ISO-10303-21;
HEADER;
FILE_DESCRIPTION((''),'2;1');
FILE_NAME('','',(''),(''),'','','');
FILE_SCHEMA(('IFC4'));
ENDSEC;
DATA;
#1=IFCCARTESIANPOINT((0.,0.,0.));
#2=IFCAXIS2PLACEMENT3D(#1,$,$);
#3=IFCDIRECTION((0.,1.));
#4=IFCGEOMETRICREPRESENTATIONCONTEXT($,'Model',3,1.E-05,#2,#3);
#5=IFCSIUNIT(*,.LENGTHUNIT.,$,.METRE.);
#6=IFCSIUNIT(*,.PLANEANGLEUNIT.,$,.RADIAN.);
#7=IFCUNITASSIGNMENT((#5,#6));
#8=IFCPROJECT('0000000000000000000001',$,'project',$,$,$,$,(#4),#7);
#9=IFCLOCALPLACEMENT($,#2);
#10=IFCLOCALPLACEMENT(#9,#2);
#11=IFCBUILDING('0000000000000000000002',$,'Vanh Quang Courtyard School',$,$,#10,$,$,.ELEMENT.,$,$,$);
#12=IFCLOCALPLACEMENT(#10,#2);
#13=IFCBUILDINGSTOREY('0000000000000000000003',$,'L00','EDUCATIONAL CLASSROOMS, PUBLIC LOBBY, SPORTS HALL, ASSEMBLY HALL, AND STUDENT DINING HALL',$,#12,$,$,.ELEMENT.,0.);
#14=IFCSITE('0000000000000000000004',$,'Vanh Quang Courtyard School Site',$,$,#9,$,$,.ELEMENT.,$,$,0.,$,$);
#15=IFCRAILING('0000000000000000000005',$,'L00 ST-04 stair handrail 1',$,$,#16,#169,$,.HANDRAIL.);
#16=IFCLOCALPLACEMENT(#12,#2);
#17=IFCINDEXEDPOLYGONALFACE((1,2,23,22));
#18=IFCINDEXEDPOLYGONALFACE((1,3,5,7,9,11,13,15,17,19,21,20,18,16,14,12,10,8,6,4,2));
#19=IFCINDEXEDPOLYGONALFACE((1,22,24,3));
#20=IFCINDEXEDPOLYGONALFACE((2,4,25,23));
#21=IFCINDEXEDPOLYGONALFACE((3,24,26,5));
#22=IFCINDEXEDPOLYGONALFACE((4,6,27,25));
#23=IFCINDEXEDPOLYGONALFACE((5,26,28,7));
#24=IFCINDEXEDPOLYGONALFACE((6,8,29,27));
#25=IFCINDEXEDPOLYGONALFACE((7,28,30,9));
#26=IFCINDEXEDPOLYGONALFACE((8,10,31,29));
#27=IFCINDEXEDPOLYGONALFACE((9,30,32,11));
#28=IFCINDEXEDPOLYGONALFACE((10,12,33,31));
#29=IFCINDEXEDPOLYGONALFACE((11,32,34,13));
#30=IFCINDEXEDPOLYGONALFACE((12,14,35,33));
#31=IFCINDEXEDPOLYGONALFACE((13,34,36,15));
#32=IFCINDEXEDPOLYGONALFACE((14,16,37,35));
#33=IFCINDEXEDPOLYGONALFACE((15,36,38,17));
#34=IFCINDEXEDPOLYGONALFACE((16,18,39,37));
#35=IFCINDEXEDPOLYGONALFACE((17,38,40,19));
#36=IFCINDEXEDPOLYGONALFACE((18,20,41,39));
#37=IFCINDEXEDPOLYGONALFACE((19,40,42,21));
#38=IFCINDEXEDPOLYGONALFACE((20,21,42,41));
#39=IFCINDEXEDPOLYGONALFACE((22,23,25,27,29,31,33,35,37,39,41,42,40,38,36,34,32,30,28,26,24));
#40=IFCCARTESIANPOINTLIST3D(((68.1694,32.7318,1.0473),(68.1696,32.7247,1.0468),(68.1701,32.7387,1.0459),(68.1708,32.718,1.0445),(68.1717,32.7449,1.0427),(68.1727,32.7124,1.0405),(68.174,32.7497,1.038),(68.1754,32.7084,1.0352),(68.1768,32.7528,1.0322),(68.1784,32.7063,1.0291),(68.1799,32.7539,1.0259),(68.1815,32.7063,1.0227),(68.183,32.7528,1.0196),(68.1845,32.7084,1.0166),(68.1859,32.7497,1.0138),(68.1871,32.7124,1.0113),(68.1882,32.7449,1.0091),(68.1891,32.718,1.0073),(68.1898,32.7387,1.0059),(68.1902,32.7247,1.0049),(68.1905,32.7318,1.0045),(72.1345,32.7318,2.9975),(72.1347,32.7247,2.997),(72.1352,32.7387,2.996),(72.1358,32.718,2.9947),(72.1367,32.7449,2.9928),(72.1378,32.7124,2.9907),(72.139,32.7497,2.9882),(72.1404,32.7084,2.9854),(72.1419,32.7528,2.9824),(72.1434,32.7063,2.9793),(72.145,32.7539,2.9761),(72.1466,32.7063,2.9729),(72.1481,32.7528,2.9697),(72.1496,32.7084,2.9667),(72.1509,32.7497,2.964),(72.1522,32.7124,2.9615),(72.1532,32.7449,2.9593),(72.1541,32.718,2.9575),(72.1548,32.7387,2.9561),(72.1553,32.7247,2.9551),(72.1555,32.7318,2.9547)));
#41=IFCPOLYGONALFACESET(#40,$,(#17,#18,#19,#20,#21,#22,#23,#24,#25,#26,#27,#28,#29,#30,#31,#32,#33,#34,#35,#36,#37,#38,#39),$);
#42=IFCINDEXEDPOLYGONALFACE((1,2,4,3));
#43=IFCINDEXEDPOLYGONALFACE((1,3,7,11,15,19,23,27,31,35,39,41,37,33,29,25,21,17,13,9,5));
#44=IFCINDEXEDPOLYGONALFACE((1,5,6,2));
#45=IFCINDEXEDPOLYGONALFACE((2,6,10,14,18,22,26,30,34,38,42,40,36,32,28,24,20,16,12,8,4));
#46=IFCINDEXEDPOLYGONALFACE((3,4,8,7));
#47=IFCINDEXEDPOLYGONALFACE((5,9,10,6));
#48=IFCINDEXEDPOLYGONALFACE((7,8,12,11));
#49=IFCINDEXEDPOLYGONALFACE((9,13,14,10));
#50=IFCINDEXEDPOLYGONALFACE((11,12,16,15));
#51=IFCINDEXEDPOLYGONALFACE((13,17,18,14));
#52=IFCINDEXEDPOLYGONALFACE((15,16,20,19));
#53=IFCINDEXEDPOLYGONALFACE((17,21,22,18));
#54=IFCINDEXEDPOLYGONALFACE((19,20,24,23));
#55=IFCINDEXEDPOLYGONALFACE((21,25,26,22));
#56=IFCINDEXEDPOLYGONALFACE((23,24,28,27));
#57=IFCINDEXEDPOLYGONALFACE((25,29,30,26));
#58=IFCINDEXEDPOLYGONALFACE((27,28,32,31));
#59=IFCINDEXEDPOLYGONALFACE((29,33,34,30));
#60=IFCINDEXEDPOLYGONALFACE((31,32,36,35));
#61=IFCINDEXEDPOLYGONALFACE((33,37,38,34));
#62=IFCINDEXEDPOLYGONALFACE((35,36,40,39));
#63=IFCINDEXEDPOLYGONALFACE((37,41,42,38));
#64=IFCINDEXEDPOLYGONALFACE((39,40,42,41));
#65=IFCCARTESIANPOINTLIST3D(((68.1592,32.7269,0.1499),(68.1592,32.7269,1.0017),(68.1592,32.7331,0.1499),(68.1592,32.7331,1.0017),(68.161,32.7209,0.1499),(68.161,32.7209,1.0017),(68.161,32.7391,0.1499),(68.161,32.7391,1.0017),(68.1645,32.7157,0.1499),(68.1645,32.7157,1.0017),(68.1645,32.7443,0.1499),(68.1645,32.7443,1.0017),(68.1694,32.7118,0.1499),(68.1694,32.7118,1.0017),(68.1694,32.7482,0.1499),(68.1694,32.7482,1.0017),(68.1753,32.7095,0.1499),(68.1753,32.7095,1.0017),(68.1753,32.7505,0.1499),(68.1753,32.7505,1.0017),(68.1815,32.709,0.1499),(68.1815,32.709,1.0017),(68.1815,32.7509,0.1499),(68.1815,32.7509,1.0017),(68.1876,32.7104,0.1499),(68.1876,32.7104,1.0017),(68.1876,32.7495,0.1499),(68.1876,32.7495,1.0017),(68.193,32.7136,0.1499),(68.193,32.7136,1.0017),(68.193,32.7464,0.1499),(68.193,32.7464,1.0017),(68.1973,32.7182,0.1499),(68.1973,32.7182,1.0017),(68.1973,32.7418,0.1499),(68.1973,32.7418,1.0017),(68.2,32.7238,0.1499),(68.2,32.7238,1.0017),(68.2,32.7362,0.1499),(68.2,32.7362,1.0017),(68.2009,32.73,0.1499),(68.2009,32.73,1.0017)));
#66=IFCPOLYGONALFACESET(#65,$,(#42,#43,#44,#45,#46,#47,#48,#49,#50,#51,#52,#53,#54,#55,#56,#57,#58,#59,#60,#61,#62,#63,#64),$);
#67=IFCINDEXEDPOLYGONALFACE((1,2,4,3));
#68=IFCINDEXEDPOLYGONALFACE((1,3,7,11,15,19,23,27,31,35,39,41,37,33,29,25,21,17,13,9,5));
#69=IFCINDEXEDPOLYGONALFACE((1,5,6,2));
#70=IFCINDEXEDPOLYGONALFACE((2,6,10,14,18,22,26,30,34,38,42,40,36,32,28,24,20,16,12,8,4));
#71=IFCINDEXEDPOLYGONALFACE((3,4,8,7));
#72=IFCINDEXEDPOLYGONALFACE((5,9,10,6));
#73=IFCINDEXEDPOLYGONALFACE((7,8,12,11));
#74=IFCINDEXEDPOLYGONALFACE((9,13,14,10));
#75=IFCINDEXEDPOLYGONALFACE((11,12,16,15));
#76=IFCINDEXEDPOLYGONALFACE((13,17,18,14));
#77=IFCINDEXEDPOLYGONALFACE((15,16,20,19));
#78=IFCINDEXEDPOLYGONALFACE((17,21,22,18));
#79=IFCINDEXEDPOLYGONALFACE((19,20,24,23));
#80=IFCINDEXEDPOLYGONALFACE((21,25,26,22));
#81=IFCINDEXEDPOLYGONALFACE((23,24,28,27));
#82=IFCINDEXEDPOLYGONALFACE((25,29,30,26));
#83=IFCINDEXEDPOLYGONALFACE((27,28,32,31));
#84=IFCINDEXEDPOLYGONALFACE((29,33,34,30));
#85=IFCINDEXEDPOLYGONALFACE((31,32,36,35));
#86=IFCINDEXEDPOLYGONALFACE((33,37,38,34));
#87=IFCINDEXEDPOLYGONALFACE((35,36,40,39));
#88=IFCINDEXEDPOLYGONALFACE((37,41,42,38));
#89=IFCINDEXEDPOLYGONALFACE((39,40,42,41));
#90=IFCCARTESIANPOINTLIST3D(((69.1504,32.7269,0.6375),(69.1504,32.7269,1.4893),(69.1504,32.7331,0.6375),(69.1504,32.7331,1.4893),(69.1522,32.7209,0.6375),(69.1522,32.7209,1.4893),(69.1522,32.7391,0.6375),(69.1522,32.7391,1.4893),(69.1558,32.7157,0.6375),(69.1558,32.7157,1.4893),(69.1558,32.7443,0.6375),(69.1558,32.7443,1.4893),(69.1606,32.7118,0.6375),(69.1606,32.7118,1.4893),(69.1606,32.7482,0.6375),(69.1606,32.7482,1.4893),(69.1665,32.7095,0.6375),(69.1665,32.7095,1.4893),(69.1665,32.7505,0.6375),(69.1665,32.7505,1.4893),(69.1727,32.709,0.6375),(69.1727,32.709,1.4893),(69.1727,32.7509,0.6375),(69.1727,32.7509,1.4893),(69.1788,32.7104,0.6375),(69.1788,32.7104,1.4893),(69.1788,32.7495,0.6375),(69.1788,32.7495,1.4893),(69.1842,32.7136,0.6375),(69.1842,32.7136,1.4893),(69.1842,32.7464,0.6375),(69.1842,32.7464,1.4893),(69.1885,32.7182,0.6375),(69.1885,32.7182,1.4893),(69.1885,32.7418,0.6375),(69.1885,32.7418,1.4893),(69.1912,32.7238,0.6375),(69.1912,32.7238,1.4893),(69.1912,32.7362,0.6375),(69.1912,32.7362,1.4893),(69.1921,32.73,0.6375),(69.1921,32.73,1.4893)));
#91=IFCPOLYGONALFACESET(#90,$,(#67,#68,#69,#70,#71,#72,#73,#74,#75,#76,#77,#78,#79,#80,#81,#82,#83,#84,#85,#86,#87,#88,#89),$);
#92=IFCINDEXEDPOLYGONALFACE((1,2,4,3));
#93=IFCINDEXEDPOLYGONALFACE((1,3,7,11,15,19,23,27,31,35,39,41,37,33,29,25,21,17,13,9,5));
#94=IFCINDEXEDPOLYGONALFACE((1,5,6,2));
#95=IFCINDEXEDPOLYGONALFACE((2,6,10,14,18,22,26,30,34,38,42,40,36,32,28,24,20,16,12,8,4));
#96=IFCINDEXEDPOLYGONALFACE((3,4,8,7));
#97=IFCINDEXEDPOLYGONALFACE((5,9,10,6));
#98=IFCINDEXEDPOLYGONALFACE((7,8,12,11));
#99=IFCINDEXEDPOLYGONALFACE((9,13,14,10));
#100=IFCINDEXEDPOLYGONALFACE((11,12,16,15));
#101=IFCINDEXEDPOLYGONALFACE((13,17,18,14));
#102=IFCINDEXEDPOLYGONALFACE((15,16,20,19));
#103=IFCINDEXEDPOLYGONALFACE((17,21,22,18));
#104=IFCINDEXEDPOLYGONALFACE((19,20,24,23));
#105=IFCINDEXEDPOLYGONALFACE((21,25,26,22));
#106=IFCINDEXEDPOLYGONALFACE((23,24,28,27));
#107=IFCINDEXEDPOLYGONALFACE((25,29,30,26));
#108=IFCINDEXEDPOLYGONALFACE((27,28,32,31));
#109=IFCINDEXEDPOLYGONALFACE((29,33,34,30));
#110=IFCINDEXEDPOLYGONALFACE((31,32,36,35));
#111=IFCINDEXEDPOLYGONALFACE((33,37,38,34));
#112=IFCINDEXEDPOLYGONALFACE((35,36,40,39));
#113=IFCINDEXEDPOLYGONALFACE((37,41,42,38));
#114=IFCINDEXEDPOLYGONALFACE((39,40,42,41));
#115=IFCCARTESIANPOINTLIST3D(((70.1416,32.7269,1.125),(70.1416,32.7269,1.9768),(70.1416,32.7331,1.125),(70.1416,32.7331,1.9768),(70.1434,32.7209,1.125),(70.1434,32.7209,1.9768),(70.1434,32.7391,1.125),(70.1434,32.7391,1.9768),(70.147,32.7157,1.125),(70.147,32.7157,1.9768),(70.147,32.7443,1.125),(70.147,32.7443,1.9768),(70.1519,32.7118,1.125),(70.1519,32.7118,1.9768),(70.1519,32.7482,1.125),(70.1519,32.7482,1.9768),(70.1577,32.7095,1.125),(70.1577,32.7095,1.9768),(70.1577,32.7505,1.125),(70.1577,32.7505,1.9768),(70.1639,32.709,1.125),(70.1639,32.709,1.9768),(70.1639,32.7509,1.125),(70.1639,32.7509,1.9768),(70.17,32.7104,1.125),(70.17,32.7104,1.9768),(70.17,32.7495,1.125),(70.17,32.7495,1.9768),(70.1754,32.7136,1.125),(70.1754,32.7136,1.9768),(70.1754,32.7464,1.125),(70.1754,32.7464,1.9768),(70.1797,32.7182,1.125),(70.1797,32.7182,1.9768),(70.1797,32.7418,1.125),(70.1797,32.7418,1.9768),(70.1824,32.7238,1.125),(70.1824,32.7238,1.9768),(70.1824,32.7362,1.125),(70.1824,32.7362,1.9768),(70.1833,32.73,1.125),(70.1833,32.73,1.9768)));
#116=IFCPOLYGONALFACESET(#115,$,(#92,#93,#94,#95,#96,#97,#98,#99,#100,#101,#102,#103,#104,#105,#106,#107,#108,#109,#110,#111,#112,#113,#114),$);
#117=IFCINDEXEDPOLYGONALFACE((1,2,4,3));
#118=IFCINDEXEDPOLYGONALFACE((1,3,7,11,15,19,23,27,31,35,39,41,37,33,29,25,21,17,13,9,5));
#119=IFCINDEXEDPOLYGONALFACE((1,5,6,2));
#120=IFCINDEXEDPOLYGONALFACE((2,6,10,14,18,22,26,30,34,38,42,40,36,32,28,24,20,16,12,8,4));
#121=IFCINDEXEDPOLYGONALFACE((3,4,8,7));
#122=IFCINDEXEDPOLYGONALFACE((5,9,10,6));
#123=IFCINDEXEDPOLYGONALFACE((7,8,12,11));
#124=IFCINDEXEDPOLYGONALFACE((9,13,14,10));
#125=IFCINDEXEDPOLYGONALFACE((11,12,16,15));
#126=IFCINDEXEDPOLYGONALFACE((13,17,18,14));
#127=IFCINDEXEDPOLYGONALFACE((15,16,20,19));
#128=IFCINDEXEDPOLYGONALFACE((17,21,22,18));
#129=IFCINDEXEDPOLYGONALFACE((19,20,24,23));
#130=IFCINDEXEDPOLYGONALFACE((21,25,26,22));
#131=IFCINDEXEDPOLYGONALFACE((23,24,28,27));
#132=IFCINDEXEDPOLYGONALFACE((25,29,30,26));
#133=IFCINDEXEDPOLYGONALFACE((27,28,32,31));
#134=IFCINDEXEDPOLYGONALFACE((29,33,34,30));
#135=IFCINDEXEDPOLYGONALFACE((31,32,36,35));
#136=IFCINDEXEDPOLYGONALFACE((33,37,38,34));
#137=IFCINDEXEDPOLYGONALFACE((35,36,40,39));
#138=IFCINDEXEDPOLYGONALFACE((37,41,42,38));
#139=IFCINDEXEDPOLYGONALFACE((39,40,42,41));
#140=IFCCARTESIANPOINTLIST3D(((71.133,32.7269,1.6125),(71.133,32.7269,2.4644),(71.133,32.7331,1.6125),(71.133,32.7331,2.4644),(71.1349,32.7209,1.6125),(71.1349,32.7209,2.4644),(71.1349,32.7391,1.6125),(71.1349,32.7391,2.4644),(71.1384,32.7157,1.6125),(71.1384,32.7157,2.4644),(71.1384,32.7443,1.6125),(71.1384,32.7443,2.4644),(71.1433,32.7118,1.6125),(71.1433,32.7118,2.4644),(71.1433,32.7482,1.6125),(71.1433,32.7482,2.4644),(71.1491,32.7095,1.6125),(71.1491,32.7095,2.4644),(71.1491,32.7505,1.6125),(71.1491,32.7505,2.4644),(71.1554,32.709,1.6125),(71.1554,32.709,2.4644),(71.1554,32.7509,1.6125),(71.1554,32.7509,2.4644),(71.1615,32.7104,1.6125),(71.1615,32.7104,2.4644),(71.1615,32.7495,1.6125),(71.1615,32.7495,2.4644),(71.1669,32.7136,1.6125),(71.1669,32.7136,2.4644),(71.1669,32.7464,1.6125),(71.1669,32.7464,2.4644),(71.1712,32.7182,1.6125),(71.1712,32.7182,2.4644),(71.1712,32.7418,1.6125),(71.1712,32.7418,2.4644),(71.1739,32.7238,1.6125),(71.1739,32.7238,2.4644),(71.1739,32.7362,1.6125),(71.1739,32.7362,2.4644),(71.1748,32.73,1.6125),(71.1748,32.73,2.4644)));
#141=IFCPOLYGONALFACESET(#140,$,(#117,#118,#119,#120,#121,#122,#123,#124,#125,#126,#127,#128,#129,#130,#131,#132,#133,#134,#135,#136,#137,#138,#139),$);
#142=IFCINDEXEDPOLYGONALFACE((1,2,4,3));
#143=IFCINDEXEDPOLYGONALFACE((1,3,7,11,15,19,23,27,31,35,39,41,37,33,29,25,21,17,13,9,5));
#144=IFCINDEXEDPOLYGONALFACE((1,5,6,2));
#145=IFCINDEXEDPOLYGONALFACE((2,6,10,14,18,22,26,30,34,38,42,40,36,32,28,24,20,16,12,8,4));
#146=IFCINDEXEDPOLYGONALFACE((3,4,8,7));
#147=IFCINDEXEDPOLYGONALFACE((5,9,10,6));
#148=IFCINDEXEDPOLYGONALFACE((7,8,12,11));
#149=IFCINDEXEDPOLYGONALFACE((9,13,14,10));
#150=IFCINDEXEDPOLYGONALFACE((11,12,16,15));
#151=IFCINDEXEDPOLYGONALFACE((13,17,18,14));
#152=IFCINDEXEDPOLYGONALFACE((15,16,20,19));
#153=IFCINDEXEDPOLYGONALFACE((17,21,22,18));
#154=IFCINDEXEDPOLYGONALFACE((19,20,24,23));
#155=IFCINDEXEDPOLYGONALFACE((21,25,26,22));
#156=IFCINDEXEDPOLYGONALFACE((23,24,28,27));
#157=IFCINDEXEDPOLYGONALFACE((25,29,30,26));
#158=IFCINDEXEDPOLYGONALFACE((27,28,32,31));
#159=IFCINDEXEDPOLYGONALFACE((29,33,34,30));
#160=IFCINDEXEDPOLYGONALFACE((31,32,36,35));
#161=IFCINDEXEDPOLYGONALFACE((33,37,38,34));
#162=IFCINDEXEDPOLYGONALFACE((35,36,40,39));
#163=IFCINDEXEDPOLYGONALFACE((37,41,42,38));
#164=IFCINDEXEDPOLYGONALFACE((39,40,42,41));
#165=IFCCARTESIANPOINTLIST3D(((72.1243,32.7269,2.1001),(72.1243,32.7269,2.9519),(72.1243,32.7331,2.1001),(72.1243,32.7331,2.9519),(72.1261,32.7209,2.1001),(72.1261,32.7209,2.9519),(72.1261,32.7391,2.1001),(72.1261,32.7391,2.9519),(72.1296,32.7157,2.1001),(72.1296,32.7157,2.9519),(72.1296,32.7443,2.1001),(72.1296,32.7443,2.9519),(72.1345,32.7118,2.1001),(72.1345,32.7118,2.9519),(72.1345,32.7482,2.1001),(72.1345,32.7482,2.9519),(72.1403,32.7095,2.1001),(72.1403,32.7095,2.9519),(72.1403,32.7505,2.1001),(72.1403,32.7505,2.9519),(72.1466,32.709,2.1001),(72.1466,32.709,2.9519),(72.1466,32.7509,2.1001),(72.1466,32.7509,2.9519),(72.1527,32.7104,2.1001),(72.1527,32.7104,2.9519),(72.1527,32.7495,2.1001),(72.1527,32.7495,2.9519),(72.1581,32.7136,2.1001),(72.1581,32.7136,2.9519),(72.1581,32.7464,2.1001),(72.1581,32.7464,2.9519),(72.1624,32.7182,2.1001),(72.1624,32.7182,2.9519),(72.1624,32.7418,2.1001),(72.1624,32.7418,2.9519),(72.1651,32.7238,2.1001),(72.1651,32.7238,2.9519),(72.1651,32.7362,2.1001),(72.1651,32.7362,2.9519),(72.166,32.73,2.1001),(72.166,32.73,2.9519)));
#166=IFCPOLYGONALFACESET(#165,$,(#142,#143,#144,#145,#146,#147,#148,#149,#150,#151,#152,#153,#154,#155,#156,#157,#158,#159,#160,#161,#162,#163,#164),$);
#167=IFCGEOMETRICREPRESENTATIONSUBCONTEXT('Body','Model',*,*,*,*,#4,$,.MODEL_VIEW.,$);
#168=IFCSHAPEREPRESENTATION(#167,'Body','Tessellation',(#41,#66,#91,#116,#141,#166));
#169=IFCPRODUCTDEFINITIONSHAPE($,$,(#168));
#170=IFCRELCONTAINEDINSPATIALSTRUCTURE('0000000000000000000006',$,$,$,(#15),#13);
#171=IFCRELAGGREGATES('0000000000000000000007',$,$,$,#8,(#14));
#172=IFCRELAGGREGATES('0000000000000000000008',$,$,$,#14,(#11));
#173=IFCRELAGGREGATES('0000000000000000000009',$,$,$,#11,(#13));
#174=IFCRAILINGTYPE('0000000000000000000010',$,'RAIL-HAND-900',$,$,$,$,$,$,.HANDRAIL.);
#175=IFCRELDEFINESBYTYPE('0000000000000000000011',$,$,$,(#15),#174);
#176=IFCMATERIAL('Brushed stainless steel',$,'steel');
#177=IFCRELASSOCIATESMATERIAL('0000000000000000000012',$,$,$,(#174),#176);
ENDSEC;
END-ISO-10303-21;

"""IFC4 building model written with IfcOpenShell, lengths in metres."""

from ifc_helpers import new_model, si_unit, direction, frame, origin, origin_2d, place, context, subcontext, project, spatial, circle, extrude, material, type_object, element, save


model = new_model("IFC4")

# Units and contexts
model_context = context("Model", 3, precision=1e-05, world=origin(), true_north=direction((0.0, 1.0)))
body_context = subcontext(model_context, "Body", "Model", "MODEL_VIEW")
ifc_project = project(units=[si_unit("LENGTHUNIT", "METRE"), si_unit("PLANEANGLEUNIT", "RADIAN")], contexts=[model_context])

# Site, building, storey
site_placement = place(None, origin())
site = spatial("IfcSite", under=ifc_project, at=site_placement, Name="Vanh Quang Courtyard School Site", CompositionType="ELEMENT", RefElevation=0.0)
building_placement = place(site_placement, origin())
building = spatial("IfcBuilding", under=site, at=building_placement, Name="Vanh Quang Courtyard School", CompositionType="ELEMENT")
storey_placement = place(building_placement, origin())
storey = spatial("IfcBuildingStorey", under=building, at=storey_placement, Name="L00", Description="EDUCATIONAL CLASSROOMS, PUBLIC LOBBY, SPORTS HALL, ASSEMBLY HALL, AND STUDENT DINING HALL", CompositionType="ELEMENT", Elevation=0.0)

# Railing
ifc_material_1 = material(Name="Brushed stainless steel", Category="steel")
railing_type_1 = type_object("IfcRailingType", Name="RAIL-HAND-900", PredefinedType="HANDRAIL", material=ifc_material_1)
railing_1_placement = place(storey_placement, frame((68.1799, 32.73, 0.1499)))
element("IfcRailing", 1, at=railing_1_placement, inside=storey, type_object=railing_type_1, Name="L00 ST-04 stair handrail 1", PredefinedType="HANDRAIL", context=body_context, shape_type="SweptSolid", body=[
    extrude(circle(Radius=0.0239, at=origin_2d()), frame((0.0, 0.0, 0.876), z_axis=(0.897336, 0.0, 0.441347), x_axis=(0.0, 1.0, 0.0)), (0.0, 0.0, 1.0), 4.4187),
    extrude(circle(Radius=0.021, at=origin_2d()), origin(), (0.0, 0.0, 1.0), 0.8518),
    extrude(circle(Radius=0.021, at=origin_2d()), frame((0.9912, 0.0, 0.4875)), (0.0, 0.0, 1.0), 0.8518),
    extrude(circle(Radius=0.021, at=origin_2d()), frame((1.9824, 0.0, 0.9751)), (0.0, 0.0, 1.0), 0.8518),
    extrude(circle(Radius=0.021, at=origin_2d()), frame((2.9739, 0.0, 1.4626)), (0.0, 0.0, 1.0), 0.8518),
    extrude(circle(Radius=0.021, at=origin_2d()), frame((3.9651, 0.0, 1.9502)), (0.0, 0.0, 1.0), 0.8518),
])

save(model, "model.ifc")
